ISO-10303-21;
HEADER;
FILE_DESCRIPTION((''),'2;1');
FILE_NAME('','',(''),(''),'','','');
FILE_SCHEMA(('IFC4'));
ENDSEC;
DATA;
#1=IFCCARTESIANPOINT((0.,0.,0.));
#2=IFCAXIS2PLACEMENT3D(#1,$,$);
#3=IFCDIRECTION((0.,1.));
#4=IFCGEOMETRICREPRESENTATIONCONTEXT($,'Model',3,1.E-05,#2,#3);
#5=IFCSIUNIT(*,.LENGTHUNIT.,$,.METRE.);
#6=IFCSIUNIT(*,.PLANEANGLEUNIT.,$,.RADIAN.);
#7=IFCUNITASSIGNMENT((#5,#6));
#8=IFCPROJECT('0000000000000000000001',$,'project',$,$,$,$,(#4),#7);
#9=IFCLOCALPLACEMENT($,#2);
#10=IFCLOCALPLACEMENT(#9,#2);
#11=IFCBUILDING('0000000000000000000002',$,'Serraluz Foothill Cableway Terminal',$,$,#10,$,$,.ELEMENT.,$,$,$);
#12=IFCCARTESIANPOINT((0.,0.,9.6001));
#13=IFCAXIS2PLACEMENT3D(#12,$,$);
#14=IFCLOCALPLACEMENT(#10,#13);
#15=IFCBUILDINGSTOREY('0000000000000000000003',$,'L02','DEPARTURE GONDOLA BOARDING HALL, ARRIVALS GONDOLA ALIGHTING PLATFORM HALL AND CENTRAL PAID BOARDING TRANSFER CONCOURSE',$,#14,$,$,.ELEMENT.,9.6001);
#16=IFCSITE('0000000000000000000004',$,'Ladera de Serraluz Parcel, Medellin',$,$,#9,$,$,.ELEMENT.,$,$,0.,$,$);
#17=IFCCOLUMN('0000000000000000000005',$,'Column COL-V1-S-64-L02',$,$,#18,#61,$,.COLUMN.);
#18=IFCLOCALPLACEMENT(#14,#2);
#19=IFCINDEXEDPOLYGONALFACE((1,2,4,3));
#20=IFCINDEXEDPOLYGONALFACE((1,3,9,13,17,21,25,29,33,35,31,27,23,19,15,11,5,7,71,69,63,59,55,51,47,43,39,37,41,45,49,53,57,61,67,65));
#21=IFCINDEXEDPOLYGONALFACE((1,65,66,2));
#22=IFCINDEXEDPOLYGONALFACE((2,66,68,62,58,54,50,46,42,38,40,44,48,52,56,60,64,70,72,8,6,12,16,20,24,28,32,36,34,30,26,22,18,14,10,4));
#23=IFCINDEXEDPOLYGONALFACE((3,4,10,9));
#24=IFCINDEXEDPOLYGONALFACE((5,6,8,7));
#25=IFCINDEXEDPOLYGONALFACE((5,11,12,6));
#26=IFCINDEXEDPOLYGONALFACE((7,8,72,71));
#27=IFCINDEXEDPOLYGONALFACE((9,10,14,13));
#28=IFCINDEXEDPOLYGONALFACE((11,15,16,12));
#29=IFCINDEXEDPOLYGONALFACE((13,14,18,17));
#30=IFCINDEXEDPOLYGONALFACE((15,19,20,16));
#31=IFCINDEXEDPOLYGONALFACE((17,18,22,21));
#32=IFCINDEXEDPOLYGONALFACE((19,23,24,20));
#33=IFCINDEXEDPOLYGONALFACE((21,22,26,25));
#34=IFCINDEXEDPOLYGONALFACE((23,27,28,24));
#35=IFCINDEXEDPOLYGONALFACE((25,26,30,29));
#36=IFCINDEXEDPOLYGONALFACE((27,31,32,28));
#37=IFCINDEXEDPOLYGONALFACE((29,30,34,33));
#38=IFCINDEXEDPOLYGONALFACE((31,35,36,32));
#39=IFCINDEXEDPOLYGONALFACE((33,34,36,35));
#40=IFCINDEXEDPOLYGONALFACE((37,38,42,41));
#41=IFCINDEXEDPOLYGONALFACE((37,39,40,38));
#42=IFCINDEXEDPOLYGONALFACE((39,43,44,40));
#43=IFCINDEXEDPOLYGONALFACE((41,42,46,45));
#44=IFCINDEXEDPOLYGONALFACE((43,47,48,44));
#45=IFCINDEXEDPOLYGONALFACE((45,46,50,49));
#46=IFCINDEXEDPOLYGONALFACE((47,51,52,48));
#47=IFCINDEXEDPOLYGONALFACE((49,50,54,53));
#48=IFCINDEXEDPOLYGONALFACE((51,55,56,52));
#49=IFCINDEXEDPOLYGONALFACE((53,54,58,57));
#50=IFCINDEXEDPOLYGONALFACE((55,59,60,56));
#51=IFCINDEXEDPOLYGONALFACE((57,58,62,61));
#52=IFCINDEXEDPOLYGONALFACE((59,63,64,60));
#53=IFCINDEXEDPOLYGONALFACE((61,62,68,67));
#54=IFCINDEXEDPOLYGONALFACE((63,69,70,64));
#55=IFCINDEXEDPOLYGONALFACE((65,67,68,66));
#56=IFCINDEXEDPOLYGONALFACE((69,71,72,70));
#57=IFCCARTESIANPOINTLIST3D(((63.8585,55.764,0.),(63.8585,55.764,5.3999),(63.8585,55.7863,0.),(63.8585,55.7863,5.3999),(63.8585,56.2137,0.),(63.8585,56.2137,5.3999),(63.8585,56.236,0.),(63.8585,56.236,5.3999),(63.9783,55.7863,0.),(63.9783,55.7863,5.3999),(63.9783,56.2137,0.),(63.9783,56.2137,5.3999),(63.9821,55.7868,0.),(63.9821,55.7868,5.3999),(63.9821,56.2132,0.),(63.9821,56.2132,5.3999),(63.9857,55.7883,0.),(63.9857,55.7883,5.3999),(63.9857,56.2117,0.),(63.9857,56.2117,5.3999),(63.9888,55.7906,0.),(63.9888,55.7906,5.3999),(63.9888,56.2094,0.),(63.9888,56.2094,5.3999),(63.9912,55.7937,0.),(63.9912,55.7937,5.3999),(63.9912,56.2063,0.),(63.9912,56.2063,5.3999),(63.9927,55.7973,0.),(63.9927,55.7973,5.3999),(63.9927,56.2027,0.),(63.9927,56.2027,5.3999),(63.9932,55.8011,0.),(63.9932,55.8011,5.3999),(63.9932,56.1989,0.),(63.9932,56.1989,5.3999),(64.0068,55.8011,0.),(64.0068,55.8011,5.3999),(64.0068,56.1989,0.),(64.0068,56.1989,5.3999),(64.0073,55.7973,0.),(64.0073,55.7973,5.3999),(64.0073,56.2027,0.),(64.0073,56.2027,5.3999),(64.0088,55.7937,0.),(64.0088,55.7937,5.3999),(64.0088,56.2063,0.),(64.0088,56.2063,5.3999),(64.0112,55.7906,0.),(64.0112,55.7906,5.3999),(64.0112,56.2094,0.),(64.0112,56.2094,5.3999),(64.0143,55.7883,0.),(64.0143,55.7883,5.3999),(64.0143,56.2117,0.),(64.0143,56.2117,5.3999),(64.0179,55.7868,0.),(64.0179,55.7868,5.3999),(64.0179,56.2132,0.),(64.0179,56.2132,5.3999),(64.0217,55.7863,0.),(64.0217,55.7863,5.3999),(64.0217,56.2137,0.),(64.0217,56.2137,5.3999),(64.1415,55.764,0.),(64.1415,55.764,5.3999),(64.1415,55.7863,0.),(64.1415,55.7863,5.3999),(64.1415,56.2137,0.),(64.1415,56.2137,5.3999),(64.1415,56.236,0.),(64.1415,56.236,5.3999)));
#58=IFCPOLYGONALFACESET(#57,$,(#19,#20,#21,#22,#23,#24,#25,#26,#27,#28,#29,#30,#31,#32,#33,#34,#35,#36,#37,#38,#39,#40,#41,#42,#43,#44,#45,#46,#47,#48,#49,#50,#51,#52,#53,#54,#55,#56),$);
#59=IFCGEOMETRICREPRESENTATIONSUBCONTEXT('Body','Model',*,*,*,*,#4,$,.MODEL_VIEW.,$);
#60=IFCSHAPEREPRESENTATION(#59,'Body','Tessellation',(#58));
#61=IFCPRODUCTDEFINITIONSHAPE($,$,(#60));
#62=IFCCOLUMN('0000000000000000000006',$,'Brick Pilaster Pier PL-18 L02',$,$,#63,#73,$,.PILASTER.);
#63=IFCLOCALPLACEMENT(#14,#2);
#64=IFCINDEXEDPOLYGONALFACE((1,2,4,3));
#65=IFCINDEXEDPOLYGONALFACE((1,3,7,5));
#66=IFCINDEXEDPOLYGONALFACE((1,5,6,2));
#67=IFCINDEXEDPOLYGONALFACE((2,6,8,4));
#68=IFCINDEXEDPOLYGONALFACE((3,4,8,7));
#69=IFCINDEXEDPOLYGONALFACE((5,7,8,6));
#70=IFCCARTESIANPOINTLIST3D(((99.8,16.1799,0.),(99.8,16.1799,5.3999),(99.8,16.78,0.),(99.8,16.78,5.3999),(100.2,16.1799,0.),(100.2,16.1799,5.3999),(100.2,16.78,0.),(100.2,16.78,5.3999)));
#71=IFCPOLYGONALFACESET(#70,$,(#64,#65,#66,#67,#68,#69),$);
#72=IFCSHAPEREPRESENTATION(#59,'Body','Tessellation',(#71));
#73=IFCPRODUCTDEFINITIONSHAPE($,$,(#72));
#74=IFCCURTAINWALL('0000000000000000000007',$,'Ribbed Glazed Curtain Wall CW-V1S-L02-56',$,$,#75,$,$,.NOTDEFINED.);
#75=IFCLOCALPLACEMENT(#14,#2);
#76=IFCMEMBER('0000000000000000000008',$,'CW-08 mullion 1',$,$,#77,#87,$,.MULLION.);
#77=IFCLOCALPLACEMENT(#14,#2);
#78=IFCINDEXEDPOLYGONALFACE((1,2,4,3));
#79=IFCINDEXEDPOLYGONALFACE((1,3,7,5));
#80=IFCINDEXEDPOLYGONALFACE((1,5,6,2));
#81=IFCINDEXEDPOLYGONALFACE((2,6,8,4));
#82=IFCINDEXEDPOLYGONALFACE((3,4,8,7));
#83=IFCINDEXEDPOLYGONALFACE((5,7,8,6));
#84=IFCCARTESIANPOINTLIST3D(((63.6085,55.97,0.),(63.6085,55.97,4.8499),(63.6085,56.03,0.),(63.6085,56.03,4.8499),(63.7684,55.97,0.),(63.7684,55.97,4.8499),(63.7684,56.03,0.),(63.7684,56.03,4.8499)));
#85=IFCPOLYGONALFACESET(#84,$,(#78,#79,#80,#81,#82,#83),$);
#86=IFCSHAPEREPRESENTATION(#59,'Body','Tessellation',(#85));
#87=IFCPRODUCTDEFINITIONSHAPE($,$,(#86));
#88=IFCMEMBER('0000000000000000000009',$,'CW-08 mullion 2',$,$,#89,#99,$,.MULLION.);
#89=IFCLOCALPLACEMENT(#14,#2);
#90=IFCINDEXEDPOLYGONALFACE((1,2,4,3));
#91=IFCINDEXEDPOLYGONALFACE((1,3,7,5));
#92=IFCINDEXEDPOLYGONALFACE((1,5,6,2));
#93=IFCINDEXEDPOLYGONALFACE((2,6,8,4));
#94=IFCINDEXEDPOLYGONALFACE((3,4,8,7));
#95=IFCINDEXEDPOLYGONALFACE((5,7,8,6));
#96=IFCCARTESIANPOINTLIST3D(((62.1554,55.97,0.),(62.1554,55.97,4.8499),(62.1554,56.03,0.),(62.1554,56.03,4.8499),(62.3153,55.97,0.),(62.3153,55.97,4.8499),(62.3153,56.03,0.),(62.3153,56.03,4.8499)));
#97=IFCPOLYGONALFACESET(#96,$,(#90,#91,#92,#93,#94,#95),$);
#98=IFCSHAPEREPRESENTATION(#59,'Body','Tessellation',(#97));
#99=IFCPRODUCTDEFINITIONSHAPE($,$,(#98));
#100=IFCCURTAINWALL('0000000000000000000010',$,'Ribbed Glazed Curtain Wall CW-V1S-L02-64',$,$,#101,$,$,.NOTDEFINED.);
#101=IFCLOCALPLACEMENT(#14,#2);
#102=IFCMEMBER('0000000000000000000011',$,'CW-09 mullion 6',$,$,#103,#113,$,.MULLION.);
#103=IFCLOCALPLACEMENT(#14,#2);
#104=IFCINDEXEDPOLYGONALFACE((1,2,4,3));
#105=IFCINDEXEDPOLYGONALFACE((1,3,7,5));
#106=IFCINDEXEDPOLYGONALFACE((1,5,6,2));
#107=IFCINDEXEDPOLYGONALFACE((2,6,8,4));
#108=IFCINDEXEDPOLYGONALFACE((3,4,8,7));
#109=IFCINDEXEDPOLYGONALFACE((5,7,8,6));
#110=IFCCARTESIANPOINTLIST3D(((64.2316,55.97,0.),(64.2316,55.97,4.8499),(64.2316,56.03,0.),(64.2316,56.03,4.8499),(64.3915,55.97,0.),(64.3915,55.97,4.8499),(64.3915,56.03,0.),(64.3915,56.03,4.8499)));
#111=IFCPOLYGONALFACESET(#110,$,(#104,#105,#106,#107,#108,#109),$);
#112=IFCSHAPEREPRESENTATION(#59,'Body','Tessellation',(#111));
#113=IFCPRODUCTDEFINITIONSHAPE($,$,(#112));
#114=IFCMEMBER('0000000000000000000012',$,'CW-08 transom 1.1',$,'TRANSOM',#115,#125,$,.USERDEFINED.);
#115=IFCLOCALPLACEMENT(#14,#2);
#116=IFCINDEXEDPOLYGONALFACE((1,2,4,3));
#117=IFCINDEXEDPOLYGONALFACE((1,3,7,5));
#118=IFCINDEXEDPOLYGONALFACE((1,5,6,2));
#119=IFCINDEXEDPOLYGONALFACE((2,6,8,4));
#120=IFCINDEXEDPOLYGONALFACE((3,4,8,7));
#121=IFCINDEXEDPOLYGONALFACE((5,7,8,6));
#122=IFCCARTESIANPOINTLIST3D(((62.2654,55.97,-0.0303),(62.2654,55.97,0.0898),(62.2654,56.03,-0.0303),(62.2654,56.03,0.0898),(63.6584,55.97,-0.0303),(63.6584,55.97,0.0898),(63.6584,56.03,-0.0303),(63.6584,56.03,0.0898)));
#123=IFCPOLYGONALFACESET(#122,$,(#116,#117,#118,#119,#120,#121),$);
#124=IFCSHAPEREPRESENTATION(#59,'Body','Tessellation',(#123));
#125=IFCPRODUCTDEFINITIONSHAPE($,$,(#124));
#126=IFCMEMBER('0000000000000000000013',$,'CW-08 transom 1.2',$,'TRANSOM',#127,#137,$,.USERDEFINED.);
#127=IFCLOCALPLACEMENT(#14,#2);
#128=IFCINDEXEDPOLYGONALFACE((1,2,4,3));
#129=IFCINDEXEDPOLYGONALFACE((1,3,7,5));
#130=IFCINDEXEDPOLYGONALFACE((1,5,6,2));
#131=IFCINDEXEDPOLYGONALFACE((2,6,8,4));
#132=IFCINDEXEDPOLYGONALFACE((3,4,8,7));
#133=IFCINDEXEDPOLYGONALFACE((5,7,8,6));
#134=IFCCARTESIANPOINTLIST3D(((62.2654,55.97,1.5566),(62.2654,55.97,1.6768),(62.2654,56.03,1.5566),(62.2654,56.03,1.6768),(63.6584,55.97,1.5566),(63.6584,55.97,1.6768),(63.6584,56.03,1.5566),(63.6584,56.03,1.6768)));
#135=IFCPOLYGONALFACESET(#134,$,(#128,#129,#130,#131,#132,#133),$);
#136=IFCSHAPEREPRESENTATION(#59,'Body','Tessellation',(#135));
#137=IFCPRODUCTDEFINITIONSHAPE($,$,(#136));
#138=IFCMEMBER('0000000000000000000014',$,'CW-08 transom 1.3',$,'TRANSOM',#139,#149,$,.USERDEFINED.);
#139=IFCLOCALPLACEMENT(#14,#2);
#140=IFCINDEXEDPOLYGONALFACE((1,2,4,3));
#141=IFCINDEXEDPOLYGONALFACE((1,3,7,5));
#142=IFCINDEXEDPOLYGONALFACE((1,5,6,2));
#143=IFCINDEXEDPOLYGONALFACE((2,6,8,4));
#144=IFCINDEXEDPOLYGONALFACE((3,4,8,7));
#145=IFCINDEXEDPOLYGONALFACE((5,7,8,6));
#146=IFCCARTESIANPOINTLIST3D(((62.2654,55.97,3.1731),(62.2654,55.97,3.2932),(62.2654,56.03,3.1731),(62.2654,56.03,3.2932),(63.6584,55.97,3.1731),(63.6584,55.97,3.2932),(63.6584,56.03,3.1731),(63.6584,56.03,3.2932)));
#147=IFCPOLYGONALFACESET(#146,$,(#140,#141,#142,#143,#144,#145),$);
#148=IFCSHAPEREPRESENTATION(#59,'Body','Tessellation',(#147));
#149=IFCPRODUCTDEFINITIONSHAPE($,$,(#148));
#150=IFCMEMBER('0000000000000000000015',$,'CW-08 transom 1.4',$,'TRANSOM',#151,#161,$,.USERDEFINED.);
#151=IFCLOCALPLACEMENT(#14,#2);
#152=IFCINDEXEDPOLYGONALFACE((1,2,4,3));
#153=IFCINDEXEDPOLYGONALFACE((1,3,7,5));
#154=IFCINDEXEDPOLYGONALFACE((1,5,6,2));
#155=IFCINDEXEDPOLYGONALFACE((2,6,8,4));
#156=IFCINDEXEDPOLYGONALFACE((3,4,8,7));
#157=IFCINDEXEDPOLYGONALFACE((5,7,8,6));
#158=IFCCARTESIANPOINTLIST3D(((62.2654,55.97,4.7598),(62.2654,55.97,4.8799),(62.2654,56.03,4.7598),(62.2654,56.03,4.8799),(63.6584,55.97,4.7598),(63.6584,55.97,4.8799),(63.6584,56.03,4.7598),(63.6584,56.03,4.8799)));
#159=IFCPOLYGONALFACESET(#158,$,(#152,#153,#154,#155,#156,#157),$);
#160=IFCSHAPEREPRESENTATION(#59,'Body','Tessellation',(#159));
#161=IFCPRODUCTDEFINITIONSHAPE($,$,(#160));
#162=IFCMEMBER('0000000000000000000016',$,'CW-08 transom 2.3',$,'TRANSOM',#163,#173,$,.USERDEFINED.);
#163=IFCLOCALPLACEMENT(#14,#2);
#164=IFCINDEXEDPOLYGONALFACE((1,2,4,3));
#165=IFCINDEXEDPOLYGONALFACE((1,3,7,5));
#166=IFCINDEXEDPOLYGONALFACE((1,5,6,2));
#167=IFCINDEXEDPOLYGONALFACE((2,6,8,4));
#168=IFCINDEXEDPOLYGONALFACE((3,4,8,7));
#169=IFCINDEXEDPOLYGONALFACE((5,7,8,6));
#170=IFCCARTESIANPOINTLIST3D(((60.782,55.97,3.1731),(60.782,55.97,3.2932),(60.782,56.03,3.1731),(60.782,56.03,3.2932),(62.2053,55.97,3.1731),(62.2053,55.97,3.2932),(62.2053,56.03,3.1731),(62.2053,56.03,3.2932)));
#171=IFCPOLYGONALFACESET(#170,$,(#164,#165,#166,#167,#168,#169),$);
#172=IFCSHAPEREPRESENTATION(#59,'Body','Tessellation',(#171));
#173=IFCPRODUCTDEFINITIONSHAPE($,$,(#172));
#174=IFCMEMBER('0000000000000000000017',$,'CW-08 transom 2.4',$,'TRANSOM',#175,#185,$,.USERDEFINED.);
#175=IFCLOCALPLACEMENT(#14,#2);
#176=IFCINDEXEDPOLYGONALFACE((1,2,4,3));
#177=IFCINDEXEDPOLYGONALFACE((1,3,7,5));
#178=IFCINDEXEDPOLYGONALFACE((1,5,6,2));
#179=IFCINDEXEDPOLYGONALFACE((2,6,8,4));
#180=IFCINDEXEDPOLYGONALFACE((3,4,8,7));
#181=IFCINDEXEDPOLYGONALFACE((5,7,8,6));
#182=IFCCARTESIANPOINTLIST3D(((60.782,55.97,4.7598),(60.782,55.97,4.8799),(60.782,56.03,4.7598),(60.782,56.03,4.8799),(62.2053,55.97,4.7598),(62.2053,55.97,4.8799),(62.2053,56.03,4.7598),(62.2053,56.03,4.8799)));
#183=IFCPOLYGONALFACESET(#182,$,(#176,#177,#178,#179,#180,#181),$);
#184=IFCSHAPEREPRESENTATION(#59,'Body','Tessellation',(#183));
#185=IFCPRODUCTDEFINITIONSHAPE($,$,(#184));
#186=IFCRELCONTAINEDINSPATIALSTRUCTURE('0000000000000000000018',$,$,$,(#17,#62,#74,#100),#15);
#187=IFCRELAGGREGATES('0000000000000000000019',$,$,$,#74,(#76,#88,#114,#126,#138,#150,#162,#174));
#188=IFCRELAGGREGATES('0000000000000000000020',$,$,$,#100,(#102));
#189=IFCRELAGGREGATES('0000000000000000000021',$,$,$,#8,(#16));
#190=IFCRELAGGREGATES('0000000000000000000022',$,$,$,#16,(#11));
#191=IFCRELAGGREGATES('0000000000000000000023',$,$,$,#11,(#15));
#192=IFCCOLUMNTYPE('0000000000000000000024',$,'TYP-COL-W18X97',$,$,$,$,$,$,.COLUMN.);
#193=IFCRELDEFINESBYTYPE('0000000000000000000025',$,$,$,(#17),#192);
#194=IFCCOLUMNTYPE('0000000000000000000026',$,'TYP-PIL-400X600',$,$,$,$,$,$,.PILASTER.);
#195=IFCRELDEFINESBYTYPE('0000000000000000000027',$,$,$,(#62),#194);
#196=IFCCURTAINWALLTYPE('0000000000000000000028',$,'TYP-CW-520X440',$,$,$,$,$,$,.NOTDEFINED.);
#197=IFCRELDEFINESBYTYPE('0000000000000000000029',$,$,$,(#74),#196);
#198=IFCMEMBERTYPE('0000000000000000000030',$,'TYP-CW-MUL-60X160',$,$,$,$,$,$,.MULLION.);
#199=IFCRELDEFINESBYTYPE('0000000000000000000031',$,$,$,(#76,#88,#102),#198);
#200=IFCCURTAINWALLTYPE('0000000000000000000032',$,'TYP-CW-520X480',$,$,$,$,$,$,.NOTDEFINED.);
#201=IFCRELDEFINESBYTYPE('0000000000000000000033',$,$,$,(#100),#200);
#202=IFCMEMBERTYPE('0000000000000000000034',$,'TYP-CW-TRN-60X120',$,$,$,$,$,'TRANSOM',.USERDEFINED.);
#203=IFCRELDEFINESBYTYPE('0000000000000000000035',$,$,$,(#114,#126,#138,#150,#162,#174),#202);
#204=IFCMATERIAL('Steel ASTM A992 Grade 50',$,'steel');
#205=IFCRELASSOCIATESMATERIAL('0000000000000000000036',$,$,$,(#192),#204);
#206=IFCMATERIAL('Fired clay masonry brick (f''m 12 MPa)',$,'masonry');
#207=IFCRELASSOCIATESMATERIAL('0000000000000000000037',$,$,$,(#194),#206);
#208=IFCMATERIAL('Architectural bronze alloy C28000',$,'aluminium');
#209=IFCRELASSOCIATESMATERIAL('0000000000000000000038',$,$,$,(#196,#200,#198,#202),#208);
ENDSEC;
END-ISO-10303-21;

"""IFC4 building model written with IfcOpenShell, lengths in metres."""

from ifc_helpers import new_model, si_unit, direction, frame, origin, origin_2d, place, context, subcontext, project, spatial, rectangle, i_section, extrude, material, material_profile, profile_set, type_object, element, aggregate, save


model = new_model("IFC4")

# Units and contexts
model_context = context("Model", 3, precision=1e-05, world=origin(), true_north=direction((0.0, 1.0)))
body_context = subcontext(model_context, "Body", "Model", "MODEL_VIEW")
ifc_project = project(units=[si_unit("LENGTHUNIT", "METRE"), si_unit("PLANEANGLEUNIT", "RADIAN")], contexts=[model_context])

# Site, building, storey
site_placement = place(None, origin())
site = spatial("IfcSite", under=ifc_project, at=site_placement, Name="Ladera de Serraluz Parcel, Medellin", CompositionType="ELEMENT", RefElevation=0.0)
building_placement = place(site_placement, origin())
building = spatial("IfcBuilding", under=site, at=building_placement, Name="Serraluz Foothill Cableway Terminal", CompositionType="ELEMENT")
storey_placement = place(building_placement, frame((0.0, 0.0, 9.6001)))
storey = spatial("IfcBuildingStorey", under=building, at=storey_placement, Name="L02", Description="DEPARTURE GONDOLA BOARDING HALL, ARRIVALS GONDOLA ALIGHTING PLATFORM HALL AND CENTRAL PAID BOARDING TRANSFER CONCOURSE", CompositionType="ELEMENT", Elevation=9.6001)

# Columns
ifc_material_1 = material(Name="Steel ASTM A992 Grade 50", Category="steel")
ifc_material_profile_1 = material_profile(ifc_material_1, i_section(OverallWidth=0.283, OverallDepth=0.4719, WebThickness=0.0137, FlangeThickness=0.0222, FilletRadius=0.0149, at=origin_2d()), Name="W18X97")
ifc_profile_set_1 = profile_set([ifc_material_profile_1], Name="Steel ASTM A992 Grade 50")
column_type_1 = type_object("IfcColumnType", Name="TYP-COL-W18X97", PredefinedType="COLUMN", material=ifc_profile_set_1)
column_1_placement = place(storey_placement, frame((64.0, 56.0, 0.0), z_axis=(0.0, 0.0, 1.0), x_axis=(1.0, 0.0, 0.0)))
element("IfcColumn", 1, at=column_1_placement, inside=storey, type_object=column_type_1, Name="Column COL-V1-S-64-L02", PredefinedType="COLUMN", context=body_context, shape_type="SweptSolid", body=[
    extrude(i_section(OverallWidth=0.283, OverallDepth=0.4719, WebThickness=0.0137, FlangeThickness=0.0222, FilletRadius=0.0149, at=origin_2d()), origin(), (0.0, 0.0, 1.0), 5.3999),
])
ifc_material_2 = material(Name="Fired clay masonry brick (f'm 12 MPa)", Category="masonry")
ifc_material_profile_2 = material_profile(ifc_material_2, rectangle(XDim=0.3999, YDim=0.6001, at=origin_2d()), Name="PIL 400x600")
ifc_profile_set_2 = profile_set([ifc_material_profile_2], Name="Fired clay masonry brick (f'm 12 MPa)")
column_type_2 = type_object("IfcColumnType", Name="TYP-PIL-400X600", PredefinedType="PILASTER", material=ifc_profile_set_2)
column_2_placement = place(storey_placement, frame((100.0, 16.48, 0.0), z_axis=(0.0, 0.0, 1.0), x_axis=(1.0, 0.0, 0.0)))
element("IfcColumn", 2, at=column_2_placement, inside=storey, type_object=column_type_2, Name="Brick Pilaster Pier PL-18 L02", PredefinedType="PILASTER", context=body_context, shape_type="SweptSolid", body=[
    extrude(rectangle(XDim=0.3999, YDim=0.6001, at=origin_2d()), origin(), (0.0, 0.0, 1.0), 5.3999),
])

# Curtain wall, members
ifc_material_3 = material(Name="Architectural bronze alloy C28000", Category="aluminium")
curtain_wall_type_1 = type_object("IfcCurtainWallType", Name="TYP-CW-520X440", PredefinedType="NOTDEFINED", material=ifc_material_3)
curtain_wall_1_placement = place(storey_placement, origin())
curtain_wall_1 = element("IfcCurtainWall", 3, at=curtain_wall_1_placement, inside=storey, type_object=curtain_wall_type_1, Name="Ribbed Glazed Curtain Wall CW-V1S-L02-56", PredefinedType="NOTDEFINED")
ifc_material_profile_3 = material_profile(ifc_material_3, rectangle(XDim=0.0601, YDim=0.1599, at=origin_2d()), Name="ALU MULLION 60x160")
ifc_profile_set_3 = profile_set([ifc_material_profile_3], Name="Architectural bronze alloy C28000")
member_type_1 = type_object("IfcMemberType", Name="TYP-CW-MUL-60X160", PredefinedType="MULLION", material=ifc_profile_set_3)
member_1_placement = place(storey_placement, frame((63.6885, 56.0, 0.0), z_axis=(0.0, 0.0, 1.0), x_axis=(0.0, -1.0, 0.0)))
member_1 = element("IfcMember", 4, at=member_1_placement, type_object=member_type_1, Name="CW-08 mullion 1", PredefinedType="MULLION", context=body_context, shape_type="SweptSolid", body=[
    extrude(rectangle(XDim=0.0601, YDim=0.1599, at=origin_2d()), origin(), (0.0, 0.0, 1.0), 4.8499),
])
member_2_placement = place(storey_placement, frame((62.2354, 56.0, 0.0), z_axis=(0.0, 0.0, 1.0), x_axis=(0.0, -1.0, 0.0)))
member_2 = element("IfcMember", 5, at=member_2_placement, type_object=member_type_1, Name="CW-08 mullion 2", PredefinedType="MULLION", context=body_context, shape_type="SweptSolid", body=[
    extrude(rectangle(XDim=0.0601, YDim=0.1599, at=origin_2d()), origin(), (0.0, 0.0, 1.0), 4.8499),
])

# Curtain wall, member
curtain_wall_type_2 = type_object("IfcCurtainWallType", Name="TYP-CW-520X480", PredefinedType="NOTDEFINED", material=ifc_material_3)
curtain_wall_2_placement = place(storey_placement, origin())
curtain_wall_2 = element("IfcCurtainWall", 6, at=curtain_wall_2_placement, inside=storey, type_object=curtain_wall_type_2, Name="Ribbed Glazed Curtain Wall CW-V1S-L02-64", PredefinedType="NOTDEFINED")
member_3_placement = place(storey_placement, frame((64.3115, 56.0, 0.0), z_axis=(0.0, 0.0, 1.0), x_axis=(0.0, -1.0, 0.0)))
member_3 = element("IfcMember", 7, at=member_3_placement, type_object=member_type_1, Name="CW-09 mullion 6", PredefinedType="MULLION", context=body_context, shape_type="SweptSolid", body=[
    extrude(rectangle(XDim=0.0601, YDim=0.1599, at=origin_2d()), origin(), (0.0, 0.0, 1.0), 4.8499),
])

# Members
ifc_material_profile_4 = material_profile(ifc_material_3, rectangle(XDim=0.0601, YDim=0.1201, at=origin_2d()), Name="ALU TRANSOM 60x120")
ifc_profile_set_4 = profile_set([ifc_material_profile_4], Name="Architectural bronze alloy C28000")
member_type_2 = type_object("IfcMemberType", Name="TYP-CW-TRN-60X120", ElementType="TRANSOM", PredefinedType="USERDEFINED", material=ifc_profile_set_4)
member_4_placement = place(storey_placement, frame((63.6584, 56.0, 0.0298), z_axis=(-1.0, 0.0, 0.0), x_axis=(0.0, -1.0, 0.0)))
member_4 = element("IfcMember", 8, at=member_4_placement, type_object=member_type_2, Name="CW-08 transom 1.1", ObjectType="TRANSOM", PredefinedType="USERDEFINED", context=body_context, shape_type="SweptSolid", body=[
    extrude(rectangle(XDim=0.0601, YDim=0.1201, at=origin_2d()), origin(), (0.0, 0.0, 1.0), 1.3931),
])
member_5_placement = place(storey_placement, frame((63.6584, 56.0, 1.6167), z_axis=(-1.0, 0.0, 0.0), x_axis=(0.0, -1.0, 0.0)))
member_5 = element("IfcMember", 9, at=member_5_placement, type_object=member_type_2, Name="CW-08 transom 1.2", ObjectType="TRANSOM", PredefinedType="USERDEFINED", context=body_context, shape_type="SweptSolid", body=[
    extrude(rectangle(XDim=0.0601, YDim=0.1201, at=origin_2d()), origin(), (0.0, 0.0, 1.0), 1.3931),
])
member_6_placement = place(storey_placement, frame((63.6584, 56.0, 3.2332), z_axis=(-1.0, 0.0, 0.0), x_axis=(0.0, -1.0, 0.0)))
member_6 = element("IfcMember", 10, at=member_6_placement, type_object=member_type_2, Name="CW-08 transom 1.3", ObjectType="TRANSOM", PredefinedType="USERDEFINED", context=body_context, shape_type="SweptSolid", body=[
    extrude(rectangle(XDim=0.0601, YDim=0.1201, at=origin_2d()), origin(), (0.0, 0.0, 1.0), 1.3931),
])
member_7_placement = place(storey_placement, frame((63.6584, 56.0, 4.8198), z_axis=(-1.0, 0.0, 0.0), x_axis=(0.0, -1.0, 0.0)))
member_7 = element("IfcMember", 11, at=member_7_placement, type_object=member_type_2, Name="CW-08 transom 1.4", ObjectType="TRANSOM", PredefinedType="USERDEFINED", context=body_context, shape_type="SweptSolid", body=[
    extrude(rectangle(XDim=0.0601, YDim=0.1201, at=origin_2d()), origin(), (0.0, 0.0, 1.0), 1.3931),
])
member_8_placement = place(storey_placement, frame((62.2053, 56.0, 3.2332), z_axis=(-1.0, 0.0, 0.0), x_axis=(0.0, -1.0, 0.0)))
member_8 = element("IfcMember", 12, at=member_8_placement, type_object=member_type_2, Name="CW-08 transom 2.3", ObjectType="TRANSOM", PredefinedType="USERDEFINED", context=body_context, shape_type="SweptSolid", body=[
    extrude(rectangle(XDim=0.0601, YDim=0.1201, at=origin_2d()), origin(), (0.0, 0.0, 1.0), 1.4233),
])
member_9_placement = place(storey_placement, frame((62.2053, 56.0, 4.8198), z_axis=(-1.0, 0.0, 0.0), x_axis=(0.0, -1.0, 0.0)))
member_9 = element("IfcMember", 13, at=member_9_placement, type_object=member_type_2, Name="CW-08 transom 2.4", ObjectType="TRANSOM", PredefinedType="USERDEFINED", context=body_context, shape_type="SweptSolid", body=[
    extrude(rectangle(XDim=0.0601, YDim=0.1201, at=origin_2d()), origin(), (0.0, 0.0, 1.0), 1.4233),
])

aggregate(curtain_wall_1, [member_1, member_2, member_4, member_5, member_6, member_7, member_8, member_9])
aggregate(curtain_wall_2, [member_3])

save(model, "model.ifc")
